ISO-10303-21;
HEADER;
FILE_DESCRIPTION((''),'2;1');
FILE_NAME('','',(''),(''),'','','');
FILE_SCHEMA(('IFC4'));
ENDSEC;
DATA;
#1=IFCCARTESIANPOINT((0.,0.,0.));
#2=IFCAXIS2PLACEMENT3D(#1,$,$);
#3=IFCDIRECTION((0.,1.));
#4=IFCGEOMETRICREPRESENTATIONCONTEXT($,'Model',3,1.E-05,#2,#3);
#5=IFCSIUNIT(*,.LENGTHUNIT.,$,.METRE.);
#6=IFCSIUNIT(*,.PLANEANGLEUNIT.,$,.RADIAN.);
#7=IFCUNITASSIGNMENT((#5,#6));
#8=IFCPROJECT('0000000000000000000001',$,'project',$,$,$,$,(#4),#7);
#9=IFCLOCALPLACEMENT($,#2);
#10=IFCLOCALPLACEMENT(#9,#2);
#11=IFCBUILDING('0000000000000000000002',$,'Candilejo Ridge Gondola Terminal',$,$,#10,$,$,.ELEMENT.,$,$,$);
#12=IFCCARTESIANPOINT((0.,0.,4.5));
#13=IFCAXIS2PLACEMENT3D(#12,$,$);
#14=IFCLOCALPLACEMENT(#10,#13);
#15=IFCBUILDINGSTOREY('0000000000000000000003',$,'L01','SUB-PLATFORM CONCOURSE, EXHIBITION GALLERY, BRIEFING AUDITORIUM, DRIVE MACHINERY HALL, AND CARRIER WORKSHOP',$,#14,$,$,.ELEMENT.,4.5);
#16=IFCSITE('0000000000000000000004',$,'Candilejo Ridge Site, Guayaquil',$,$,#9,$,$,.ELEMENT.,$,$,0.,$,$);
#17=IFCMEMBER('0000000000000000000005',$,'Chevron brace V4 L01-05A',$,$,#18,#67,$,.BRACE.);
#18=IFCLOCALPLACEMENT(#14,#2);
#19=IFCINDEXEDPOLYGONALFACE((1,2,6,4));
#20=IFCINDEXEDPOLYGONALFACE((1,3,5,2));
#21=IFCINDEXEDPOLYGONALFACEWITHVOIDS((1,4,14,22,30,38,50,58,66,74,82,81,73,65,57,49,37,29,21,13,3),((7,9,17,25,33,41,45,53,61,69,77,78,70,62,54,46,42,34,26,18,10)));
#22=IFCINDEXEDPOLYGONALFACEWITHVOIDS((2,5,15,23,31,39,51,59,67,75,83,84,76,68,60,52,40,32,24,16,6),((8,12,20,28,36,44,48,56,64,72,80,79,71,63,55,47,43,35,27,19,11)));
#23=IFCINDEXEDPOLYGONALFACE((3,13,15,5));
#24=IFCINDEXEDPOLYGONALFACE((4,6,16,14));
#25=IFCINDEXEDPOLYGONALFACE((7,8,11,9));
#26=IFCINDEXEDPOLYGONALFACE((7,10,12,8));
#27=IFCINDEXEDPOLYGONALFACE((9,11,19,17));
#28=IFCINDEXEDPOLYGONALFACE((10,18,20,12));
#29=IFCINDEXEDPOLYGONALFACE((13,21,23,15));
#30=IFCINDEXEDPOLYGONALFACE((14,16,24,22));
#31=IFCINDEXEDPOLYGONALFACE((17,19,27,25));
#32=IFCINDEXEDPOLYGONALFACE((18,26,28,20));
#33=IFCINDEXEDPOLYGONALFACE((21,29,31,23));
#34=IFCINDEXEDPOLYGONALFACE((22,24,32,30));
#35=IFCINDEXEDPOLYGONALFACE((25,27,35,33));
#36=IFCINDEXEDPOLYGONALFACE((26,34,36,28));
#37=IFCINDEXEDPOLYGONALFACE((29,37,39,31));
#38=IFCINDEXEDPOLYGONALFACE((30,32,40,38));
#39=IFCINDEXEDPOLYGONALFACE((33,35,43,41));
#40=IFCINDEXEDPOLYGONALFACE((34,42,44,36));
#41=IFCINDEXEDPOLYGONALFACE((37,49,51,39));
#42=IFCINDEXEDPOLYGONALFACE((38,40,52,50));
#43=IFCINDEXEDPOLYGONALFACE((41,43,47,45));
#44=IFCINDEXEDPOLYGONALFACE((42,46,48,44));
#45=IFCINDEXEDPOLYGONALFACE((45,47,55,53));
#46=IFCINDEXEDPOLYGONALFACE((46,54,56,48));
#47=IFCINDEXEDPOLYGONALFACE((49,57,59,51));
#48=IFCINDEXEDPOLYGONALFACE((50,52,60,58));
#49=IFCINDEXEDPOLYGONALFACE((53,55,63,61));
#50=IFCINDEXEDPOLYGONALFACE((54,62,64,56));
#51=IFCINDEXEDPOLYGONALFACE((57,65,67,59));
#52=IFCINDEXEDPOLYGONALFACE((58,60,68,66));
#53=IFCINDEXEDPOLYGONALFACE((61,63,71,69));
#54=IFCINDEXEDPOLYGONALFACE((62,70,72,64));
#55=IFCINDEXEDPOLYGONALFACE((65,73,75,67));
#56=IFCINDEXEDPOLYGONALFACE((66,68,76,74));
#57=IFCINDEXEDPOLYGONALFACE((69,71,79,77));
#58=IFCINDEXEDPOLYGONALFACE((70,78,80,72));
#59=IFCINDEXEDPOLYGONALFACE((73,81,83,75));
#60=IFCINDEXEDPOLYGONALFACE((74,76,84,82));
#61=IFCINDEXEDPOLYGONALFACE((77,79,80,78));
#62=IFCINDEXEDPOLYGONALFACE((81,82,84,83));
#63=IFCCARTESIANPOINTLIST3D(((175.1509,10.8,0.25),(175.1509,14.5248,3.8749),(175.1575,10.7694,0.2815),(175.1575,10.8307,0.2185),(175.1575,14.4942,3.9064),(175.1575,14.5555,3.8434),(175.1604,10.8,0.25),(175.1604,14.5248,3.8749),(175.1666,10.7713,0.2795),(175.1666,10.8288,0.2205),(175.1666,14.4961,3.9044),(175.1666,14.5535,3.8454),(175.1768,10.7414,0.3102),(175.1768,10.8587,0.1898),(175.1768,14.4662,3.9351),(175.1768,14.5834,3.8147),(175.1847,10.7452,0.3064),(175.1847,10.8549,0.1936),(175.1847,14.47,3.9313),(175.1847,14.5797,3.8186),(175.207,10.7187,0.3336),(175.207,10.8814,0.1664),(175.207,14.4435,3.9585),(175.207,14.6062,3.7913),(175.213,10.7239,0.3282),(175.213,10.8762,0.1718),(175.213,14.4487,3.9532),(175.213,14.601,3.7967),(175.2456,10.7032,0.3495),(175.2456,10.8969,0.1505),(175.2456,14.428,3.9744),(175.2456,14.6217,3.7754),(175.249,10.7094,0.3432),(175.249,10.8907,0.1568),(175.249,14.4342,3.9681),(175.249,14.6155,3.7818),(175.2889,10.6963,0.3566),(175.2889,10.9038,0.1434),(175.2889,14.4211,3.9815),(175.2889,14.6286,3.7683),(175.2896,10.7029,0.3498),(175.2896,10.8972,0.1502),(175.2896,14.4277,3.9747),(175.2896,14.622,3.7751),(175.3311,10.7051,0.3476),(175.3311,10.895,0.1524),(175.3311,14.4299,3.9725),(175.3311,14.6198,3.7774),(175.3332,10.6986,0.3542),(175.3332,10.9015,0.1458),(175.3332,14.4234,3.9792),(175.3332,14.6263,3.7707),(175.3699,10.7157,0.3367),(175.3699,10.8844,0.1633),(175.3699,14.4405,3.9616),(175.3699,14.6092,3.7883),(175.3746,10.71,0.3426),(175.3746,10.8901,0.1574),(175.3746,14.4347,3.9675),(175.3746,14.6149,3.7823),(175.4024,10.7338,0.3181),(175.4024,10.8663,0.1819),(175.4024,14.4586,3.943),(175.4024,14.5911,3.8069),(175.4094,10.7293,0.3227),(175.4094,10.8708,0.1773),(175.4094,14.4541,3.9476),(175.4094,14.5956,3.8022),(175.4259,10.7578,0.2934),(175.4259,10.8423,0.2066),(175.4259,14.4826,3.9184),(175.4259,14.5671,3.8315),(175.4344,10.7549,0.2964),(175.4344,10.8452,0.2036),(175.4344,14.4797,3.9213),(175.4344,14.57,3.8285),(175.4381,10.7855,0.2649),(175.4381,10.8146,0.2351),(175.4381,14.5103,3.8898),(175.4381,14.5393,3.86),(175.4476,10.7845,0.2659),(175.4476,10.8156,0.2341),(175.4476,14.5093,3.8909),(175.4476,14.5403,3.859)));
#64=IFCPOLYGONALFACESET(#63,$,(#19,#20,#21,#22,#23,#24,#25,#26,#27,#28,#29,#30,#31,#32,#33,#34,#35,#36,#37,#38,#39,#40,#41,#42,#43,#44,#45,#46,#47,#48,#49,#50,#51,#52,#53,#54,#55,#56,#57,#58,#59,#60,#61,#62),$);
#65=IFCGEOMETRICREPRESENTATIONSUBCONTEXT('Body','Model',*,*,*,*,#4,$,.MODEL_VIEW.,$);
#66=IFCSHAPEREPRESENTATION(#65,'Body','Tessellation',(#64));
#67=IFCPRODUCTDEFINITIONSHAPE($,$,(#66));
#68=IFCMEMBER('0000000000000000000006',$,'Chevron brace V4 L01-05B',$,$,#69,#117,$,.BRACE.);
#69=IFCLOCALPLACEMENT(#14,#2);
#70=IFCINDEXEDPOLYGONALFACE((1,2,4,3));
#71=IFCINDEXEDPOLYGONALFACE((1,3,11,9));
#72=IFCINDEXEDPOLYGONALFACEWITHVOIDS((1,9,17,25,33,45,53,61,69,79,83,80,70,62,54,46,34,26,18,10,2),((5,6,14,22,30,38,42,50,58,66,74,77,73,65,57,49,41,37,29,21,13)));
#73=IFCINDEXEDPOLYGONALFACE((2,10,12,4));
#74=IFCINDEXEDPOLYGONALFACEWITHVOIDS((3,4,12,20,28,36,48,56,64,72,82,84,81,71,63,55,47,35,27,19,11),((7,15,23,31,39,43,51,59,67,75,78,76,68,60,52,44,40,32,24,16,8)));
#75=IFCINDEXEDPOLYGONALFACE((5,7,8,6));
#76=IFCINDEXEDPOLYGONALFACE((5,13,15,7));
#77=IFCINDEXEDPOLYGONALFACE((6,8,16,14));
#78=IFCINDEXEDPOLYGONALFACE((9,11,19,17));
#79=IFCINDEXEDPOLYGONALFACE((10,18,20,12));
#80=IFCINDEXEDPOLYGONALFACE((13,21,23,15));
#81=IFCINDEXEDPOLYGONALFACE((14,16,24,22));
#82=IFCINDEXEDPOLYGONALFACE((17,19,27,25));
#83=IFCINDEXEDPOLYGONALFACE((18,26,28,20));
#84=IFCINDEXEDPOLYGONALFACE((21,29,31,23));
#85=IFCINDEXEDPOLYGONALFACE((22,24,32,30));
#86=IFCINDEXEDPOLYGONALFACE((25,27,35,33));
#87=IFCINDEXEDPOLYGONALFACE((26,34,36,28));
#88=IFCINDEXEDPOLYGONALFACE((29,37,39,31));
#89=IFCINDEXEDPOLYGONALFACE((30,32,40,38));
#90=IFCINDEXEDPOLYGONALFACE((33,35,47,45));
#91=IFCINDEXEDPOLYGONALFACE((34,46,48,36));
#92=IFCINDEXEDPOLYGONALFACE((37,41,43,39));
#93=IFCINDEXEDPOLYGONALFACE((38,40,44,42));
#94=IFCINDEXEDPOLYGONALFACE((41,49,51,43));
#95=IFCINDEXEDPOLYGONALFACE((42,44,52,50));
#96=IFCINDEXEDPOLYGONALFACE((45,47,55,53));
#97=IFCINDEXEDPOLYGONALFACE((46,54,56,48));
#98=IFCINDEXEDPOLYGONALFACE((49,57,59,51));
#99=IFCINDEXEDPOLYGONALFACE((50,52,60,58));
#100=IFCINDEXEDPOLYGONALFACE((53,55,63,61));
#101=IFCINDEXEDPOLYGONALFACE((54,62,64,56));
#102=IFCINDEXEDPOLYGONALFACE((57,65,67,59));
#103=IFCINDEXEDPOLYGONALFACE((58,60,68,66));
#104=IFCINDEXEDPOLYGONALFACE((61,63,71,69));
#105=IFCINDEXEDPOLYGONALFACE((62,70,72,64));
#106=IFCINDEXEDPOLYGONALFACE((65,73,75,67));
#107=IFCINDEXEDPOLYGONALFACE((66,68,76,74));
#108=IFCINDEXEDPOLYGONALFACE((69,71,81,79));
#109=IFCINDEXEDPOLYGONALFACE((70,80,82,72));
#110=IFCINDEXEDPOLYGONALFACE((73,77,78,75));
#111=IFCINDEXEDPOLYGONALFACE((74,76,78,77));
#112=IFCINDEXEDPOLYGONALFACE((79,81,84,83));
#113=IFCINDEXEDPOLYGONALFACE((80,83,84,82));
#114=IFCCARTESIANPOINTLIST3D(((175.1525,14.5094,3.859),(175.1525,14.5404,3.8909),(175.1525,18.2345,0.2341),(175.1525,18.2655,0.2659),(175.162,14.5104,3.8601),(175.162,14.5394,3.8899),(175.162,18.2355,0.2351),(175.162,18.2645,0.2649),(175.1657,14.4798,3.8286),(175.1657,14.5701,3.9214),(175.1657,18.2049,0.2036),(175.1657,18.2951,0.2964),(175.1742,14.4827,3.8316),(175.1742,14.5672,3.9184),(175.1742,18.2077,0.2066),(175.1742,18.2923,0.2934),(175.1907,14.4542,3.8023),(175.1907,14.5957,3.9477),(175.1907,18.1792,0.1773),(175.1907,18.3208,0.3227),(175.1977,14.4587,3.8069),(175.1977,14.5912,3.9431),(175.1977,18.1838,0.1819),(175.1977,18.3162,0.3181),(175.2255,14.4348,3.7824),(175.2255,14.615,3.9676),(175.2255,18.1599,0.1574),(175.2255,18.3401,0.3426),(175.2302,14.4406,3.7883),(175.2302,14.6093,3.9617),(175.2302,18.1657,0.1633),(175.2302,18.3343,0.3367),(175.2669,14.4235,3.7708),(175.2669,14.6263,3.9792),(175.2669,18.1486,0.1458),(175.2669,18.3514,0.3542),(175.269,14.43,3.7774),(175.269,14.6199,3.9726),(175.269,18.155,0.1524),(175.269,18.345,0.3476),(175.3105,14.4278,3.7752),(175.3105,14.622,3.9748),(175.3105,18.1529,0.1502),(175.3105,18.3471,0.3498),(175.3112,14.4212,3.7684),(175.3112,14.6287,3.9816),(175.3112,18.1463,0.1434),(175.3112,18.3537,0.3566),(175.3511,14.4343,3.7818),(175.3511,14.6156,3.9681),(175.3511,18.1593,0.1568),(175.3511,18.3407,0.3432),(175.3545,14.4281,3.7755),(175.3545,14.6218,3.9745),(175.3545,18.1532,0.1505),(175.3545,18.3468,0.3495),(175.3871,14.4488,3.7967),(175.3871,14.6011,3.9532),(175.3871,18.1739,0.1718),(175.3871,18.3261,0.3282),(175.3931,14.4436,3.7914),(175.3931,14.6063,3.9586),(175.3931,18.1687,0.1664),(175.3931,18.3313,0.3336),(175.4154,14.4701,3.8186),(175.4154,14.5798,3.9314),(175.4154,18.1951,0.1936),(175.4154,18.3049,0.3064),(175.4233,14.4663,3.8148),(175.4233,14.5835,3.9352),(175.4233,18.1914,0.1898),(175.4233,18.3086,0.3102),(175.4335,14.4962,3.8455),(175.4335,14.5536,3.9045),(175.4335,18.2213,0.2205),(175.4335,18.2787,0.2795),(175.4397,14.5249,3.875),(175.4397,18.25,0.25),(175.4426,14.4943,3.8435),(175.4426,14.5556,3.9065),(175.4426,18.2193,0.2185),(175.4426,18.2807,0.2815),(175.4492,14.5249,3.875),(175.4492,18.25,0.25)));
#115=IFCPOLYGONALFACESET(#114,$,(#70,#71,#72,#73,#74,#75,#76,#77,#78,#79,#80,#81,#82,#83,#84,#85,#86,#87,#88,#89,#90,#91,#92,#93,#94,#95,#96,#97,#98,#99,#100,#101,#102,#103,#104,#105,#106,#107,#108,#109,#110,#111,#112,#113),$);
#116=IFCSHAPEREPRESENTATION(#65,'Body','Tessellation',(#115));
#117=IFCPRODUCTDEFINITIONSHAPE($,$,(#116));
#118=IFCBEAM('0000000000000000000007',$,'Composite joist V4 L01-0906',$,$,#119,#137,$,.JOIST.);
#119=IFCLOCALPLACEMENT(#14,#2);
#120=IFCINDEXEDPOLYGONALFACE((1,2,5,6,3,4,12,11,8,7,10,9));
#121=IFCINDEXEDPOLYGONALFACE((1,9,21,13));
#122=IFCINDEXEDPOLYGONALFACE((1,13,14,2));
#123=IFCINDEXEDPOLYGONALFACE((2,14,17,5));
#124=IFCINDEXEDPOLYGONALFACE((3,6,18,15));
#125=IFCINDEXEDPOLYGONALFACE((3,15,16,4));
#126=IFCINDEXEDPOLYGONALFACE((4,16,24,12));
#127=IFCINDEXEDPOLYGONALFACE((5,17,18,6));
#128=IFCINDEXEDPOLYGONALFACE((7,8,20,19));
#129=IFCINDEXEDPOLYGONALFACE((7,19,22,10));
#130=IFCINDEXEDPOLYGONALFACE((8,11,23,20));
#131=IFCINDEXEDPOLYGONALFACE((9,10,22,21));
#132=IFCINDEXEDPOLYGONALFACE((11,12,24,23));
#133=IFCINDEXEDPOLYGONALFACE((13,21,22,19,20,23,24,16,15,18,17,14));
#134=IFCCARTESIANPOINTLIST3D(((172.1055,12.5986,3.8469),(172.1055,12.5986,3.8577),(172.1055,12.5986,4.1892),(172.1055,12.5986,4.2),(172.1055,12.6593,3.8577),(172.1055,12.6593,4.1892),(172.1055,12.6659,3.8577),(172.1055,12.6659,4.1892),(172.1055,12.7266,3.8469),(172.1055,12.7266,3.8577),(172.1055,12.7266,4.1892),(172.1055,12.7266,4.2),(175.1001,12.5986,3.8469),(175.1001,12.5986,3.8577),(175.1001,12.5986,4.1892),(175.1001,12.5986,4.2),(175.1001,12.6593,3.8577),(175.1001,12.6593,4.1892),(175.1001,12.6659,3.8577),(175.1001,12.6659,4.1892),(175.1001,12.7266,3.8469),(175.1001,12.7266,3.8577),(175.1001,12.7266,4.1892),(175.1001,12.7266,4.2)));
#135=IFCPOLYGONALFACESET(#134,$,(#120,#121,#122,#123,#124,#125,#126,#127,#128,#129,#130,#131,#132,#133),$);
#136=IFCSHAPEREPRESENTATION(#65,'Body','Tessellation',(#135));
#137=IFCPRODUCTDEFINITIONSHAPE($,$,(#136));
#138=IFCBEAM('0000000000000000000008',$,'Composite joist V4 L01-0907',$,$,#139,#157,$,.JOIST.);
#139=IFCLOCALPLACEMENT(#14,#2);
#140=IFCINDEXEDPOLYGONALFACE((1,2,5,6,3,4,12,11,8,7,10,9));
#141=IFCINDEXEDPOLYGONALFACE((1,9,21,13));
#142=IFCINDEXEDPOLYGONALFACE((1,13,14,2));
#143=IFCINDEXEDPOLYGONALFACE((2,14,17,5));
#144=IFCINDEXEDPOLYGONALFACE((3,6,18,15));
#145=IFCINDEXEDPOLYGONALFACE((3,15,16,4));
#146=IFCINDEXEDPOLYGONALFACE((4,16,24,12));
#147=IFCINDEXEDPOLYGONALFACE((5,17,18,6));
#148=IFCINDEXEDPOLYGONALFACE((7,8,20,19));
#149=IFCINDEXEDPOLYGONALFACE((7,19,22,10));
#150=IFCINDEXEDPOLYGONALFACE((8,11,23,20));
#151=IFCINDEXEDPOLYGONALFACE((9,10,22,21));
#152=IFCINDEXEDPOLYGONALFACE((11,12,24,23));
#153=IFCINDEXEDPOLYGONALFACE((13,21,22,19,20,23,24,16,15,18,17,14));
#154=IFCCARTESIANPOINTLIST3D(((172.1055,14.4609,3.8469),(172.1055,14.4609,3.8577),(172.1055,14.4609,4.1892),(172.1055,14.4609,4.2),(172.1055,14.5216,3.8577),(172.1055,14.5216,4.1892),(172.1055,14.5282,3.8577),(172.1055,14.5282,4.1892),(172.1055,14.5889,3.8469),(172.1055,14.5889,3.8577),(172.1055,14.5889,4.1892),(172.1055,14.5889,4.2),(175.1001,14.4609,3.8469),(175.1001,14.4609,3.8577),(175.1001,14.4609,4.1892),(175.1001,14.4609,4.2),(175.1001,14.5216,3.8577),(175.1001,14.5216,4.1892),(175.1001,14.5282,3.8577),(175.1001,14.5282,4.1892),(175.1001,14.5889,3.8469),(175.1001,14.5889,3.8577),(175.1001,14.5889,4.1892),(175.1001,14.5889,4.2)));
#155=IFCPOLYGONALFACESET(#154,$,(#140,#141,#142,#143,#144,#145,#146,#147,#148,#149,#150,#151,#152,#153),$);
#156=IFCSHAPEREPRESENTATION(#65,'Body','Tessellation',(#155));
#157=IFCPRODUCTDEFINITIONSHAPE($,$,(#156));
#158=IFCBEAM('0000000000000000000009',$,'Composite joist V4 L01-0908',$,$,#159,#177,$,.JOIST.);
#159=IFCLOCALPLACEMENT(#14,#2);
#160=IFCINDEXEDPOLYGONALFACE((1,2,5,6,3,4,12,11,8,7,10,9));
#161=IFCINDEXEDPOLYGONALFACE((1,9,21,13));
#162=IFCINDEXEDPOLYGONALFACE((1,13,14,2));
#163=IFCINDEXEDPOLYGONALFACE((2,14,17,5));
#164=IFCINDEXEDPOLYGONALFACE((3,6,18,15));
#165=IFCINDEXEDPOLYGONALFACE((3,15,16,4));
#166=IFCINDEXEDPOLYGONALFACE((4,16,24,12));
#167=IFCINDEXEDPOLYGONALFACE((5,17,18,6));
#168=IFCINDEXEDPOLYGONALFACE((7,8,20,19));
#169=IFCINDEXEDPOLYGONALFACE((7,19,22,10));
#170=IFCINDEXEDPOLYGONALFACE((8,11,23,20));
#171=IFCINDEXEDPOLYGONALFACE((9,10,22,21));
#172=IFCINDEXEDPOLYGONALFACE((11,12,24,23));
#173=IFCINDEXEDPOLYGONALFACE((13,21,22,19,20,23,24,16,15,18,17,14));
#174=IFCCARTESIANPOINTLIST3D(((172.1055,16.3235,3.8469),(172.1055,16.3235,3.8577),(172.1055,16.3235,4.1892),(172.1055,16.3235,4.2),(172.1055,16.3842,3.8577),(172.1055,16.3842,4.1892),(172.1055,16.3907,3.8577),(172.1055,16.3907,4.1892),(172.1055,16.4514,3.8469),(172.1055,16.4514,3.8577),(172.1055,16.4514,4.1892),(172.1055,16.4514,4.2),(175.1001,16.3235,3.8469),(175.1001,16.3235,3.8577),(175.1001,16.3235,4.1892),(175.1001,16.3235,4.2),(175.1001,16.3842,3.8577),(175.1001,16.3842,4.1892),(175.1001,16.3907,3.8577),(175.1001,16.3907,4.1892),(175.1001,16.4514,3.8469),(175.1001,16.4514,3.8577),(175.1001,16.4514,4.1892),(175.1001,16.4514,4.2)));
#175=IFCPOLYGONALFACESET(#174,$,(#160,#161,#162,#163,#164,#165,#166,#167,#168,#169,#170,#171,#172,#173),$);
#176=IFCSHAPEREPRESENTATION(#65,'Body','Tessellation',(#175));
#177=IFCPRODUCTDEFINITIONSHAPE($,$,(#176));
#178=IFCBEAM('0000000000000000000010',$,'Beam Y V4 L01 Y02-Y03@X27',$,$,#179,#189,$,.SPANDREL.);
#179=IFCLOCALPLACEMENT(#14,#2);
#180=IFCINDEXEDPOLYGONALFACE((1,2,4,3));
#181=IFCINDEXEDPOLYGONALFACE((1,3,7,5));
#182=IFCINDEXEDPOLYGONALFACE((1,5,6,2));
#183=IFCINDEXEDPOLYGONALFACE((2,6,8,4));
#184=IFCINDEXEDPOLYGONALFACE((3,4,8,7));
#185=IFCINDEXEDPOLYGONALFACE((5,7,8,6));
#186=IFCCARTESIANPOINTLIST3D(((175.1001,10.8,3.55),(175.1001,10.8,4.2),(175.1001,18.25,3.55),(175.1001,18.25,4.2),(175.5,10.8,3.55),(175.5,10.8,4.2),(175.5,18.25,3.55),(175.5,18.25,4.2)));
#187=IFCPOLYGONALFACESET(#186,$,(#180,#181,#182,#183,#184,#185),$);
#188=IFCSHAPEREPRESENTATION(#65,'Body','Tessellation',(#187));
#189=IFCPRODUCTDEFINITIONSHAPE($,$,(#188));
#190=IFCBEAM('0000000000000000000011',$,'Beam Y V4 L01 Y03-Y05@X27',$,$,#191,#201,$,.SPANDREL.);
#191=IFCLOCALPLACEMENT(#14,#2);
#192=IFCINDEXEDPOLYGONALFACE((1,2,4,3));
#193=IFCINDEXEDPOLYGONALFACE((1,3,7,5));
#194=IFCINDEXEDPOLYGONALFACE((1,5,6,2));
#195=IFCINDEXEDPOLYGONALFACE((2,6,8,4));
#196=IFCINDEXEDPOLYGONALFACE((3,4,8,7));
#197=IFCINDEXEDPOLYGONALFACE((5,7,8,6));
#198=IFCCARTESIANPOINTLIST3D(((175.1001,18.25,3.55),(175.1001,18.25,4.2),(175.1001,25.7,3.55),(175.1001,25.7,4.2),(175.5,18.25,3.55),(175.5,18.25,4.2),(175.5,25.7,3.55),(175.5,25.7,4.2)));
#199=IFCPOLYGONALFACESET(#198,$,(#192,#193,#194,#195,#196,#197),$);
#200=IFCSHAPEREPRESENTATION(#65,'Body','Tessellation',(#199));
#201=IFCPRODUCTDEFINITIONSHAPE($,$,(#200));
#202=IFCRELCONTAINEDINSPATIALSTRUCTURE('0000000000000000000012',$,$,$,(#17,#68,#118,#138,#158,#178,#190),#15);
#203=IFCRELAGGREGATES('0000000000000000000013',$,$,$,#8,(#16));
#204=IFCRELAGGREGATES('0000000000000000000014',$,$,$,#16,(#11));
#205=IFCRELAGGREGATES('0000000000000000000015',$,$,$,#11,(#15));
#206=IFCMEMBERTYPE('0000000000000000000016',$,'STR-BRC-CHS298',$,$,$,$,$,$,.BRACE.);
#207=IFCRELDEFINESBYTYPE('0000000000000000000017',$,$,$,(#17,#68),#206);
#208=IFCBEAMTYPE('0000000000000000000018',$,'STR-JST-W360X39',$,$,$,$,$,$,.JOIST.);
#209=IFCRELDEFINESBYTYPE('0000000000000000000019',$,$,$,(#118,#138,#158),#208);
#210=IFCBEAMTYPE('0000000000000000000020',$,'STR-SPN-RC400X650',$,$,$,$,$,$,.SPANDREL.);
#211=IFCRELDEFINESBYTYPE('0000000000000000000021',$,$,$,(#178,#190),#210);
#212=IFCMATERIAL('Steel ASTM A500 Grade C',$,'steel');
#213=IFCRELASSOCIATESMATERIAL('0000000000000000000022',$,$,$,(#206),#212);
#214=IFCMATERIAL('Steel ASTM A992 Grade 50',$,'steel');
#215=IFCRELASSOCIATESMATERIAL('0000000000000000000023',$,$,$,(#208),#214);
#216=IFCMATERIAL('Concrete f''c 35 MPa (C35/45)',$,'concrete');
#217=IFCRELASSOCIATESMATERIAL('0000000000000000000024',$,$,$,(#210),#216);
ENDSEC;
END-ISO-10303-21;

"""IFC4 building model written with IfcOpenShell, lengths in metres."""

from ifc_helpers import new_model, si_unit, direction, frame, origin, origin_2d, place, context, subcontext, project, spatial, rectangle, hollow_circle, i_section, extrude, material, material_profile, profile_set, type_object, element, save


model = new_model("IFC4")

# Units and contexts
model_context = context("Model", 3, precision=1e-05, world=origin(), true_north=direction((0.0, 1.0)))
body_context = subcontext(model_context, "Body", "Model", "MODEL_VIEW")
ifc_project = project(units=[si_unit("LENGTHUNIT", "METRE"), si_unit("PLANEANGLEUNIT", "RADIAN")], contexts=[model_context])

# Site, building, storey
site_placement = place(None, origin())
site = spatial("IfcSite", under=ifc_project, at=site_placement, Name="Candilejo Ridge Site, Guayaquil", CompositionType="ELEMENT", RefElevation=0.0)
building_placement = place(site_placement, origin())
building = spatial("IfcBuilding", under=site, at=building_placement, Name="Candilejo Ridge Gondola Terminal", CompositionType="ELEMENT")
storey_placement = place(building_placement, frame((0.0, 0.0, 4.5)))
storey = spatial("IfcBuildingStorey", under=building, at=storey_placement, Name="L01", Description="SUB-PLATFORM CONCOURSE, EXHIBITION GALLERY, BRIEFING AUDITORIUM, DRIVE MACHINERY HALL, AND CARRIER WORKSHOP", CompositionType="ELEMENT", Elevation=4.5)

# Members
ifc_material_1 = material(Name="Steel ASTM A500 Grade C", Category="steel")
ifc_material_profile_1 = material_profile(ifc_material_1, hollow_circle(Radius=0.1492, WallThickness=0.0095, at=origin_2d()))
ifc_profile_set_1 = profile_set([ifc_material_profile_1], Name="Steel ASTM A500 Grade C")
member_type_1 = type_object("IfcMemberType", Name="STR-BRC-CHS298", PredefinedType="BRACE", material=ifc_profile_set_1)
member_1_placement = place(storey_placement, frame((175.3, 10.8, 0.25), z_axis=(0.0, 0.716647, 0.697436), x_axis=(-1.0, 0.0, 0.0)))
element("IfcMember", 1, at=member_1_placement, inside=storey, type_object=member_type_1, Name="Chevron brace V4 L01-05A", PredefinedType="BRACE", context=body_context, shape_type="SweptSolid", body=[
    extrude(hollow_circle(Radius=0.1492, WallThickness=0.0095, at=origin_2d()), origin(), (0.0, 0.0, 1.0), 5.1975),
])
member_2_placement = place(storey_placement, frame((175.3, 18.25, 0.25), z_axis=(0.0, -0.71667, 0.697412), x_axis=(1.0, 0.0, 0.0)))
element("IfcMember", 2, at=member_2_placement, inside=storey, type_object=member_type_1, Name="Chevron brace V4 L01-05B", PredefinedType="BRACE", context=body_context, shape_type="SweptSolid", body=[
    extrude(hollow_circle(Radius=0.1492, WallThickness=0.0095, at=origin_2d()), origin(), (0.0, 0.0, 1.0), 5.1978),
])

# Beams
ifc_material_2 = material(Name="Steel ASTM A992 Grade 50", Category="steel")
ifc_material_profile_2 = material_profile(ifc_material_2, i_section(OverallWidth=0.1279, OverallDepth=0.353, WebThickness=0.0066, FlangeThickness=0.0107, at=origin_2d()))
ifc_profile_set_2 = profile_set([ifc_material_profile_2], Name="Steel ASTM A992 Grade 50")
beam_type_1 = type_object("IfcBeamType", Name="STR-JST-W360X39", PredefinedType="JOIST", material=ifc_profile_set_2)
for number, where, z_axis, x_axis, name in (
    (3, (172.1055, 12.6626, 4.0234), (1.0, 0.0, 0.0), (0.0, 1.0, 0.0), "Composite joist V4 L01-0906"),
    (4, (172.1055, 14.5249, 4.0234), (1.0, 0.0, 0.0), (0.0, 1.0, 0.0), "Composite joist V4 L01-0907"),
    (5, (172.1055, 16.3875, 4.0234), (1.0, 0.0, 0.0), (0.0, 1.0, 0.0), "Composite joist V4 L01-0908"),
):
    element("IfcBeam", number, at=place(storey_placement, frame(where, z_axis=z_axis, x_axis=x_axis)), inside=storey, type_object=beam_type_1, Name=name, PredefinedType="JOIST", context=body_context, shape_type="SweptSolid", body=[
        extrude(i_section(OverallWidth=0.1279, OverallDepth=0.353, WebThickness=0.0066, FlangeThickness=0.0107, at=origin_2d()), origin(), (0.0, 0.0, 1.0), 2.9946),
    ])
ifc_material_3 = material(Name="Concrete f'c 35 MPa (C35/45)", Category="concrete")
ifc_material_profile_3 = material_profile(ifc_material_3, rectangle(XDim=0.3999, YDim=0.6499, at=origin_2d()))
ifc_profile_set_3 = profile_set([ifc_material_profile_3], Name="Concrete f'c 35 MPa (C35/45)")
beam_type_2 = type_object("IfcBeamType", Name="STR-SPN-RC400X650", PredefinedType="SPANDREL", material=ifc_profile_set_3)
for number, where, z_axis, x_axis, name in (
    (6, (175.3, 10.8, 3.875), (0.0, 1.0, 0.0), (-1.0, 0.0, 0.0), "Beam Y V4 L01 Y02-Y03@X27"),
    (7, (175.3, 18.25, 3.875), (0.0, 1.0, 0.0), (-1.0, 0.0, 0.0), "Beam Y V4 L01 Y03-Y05@X27"),
):
    element("IfcBeam", number, at=place(storey_placement, frame(where, z_axis=z_axis, x_axis=x_axis)), inside=storey, type_object=beam_type_2, Name=name, PredefinedType="SPANDREL", context=body_context, shape_type="SweptSolid", body=[
        extrude(rectangle(XDim=0.3999, YDim=0.6499, at=origin_2d()), origin(), (0.0, 0.0, 1.0), 7.45),
    ])

save(model, "model.ifc")
